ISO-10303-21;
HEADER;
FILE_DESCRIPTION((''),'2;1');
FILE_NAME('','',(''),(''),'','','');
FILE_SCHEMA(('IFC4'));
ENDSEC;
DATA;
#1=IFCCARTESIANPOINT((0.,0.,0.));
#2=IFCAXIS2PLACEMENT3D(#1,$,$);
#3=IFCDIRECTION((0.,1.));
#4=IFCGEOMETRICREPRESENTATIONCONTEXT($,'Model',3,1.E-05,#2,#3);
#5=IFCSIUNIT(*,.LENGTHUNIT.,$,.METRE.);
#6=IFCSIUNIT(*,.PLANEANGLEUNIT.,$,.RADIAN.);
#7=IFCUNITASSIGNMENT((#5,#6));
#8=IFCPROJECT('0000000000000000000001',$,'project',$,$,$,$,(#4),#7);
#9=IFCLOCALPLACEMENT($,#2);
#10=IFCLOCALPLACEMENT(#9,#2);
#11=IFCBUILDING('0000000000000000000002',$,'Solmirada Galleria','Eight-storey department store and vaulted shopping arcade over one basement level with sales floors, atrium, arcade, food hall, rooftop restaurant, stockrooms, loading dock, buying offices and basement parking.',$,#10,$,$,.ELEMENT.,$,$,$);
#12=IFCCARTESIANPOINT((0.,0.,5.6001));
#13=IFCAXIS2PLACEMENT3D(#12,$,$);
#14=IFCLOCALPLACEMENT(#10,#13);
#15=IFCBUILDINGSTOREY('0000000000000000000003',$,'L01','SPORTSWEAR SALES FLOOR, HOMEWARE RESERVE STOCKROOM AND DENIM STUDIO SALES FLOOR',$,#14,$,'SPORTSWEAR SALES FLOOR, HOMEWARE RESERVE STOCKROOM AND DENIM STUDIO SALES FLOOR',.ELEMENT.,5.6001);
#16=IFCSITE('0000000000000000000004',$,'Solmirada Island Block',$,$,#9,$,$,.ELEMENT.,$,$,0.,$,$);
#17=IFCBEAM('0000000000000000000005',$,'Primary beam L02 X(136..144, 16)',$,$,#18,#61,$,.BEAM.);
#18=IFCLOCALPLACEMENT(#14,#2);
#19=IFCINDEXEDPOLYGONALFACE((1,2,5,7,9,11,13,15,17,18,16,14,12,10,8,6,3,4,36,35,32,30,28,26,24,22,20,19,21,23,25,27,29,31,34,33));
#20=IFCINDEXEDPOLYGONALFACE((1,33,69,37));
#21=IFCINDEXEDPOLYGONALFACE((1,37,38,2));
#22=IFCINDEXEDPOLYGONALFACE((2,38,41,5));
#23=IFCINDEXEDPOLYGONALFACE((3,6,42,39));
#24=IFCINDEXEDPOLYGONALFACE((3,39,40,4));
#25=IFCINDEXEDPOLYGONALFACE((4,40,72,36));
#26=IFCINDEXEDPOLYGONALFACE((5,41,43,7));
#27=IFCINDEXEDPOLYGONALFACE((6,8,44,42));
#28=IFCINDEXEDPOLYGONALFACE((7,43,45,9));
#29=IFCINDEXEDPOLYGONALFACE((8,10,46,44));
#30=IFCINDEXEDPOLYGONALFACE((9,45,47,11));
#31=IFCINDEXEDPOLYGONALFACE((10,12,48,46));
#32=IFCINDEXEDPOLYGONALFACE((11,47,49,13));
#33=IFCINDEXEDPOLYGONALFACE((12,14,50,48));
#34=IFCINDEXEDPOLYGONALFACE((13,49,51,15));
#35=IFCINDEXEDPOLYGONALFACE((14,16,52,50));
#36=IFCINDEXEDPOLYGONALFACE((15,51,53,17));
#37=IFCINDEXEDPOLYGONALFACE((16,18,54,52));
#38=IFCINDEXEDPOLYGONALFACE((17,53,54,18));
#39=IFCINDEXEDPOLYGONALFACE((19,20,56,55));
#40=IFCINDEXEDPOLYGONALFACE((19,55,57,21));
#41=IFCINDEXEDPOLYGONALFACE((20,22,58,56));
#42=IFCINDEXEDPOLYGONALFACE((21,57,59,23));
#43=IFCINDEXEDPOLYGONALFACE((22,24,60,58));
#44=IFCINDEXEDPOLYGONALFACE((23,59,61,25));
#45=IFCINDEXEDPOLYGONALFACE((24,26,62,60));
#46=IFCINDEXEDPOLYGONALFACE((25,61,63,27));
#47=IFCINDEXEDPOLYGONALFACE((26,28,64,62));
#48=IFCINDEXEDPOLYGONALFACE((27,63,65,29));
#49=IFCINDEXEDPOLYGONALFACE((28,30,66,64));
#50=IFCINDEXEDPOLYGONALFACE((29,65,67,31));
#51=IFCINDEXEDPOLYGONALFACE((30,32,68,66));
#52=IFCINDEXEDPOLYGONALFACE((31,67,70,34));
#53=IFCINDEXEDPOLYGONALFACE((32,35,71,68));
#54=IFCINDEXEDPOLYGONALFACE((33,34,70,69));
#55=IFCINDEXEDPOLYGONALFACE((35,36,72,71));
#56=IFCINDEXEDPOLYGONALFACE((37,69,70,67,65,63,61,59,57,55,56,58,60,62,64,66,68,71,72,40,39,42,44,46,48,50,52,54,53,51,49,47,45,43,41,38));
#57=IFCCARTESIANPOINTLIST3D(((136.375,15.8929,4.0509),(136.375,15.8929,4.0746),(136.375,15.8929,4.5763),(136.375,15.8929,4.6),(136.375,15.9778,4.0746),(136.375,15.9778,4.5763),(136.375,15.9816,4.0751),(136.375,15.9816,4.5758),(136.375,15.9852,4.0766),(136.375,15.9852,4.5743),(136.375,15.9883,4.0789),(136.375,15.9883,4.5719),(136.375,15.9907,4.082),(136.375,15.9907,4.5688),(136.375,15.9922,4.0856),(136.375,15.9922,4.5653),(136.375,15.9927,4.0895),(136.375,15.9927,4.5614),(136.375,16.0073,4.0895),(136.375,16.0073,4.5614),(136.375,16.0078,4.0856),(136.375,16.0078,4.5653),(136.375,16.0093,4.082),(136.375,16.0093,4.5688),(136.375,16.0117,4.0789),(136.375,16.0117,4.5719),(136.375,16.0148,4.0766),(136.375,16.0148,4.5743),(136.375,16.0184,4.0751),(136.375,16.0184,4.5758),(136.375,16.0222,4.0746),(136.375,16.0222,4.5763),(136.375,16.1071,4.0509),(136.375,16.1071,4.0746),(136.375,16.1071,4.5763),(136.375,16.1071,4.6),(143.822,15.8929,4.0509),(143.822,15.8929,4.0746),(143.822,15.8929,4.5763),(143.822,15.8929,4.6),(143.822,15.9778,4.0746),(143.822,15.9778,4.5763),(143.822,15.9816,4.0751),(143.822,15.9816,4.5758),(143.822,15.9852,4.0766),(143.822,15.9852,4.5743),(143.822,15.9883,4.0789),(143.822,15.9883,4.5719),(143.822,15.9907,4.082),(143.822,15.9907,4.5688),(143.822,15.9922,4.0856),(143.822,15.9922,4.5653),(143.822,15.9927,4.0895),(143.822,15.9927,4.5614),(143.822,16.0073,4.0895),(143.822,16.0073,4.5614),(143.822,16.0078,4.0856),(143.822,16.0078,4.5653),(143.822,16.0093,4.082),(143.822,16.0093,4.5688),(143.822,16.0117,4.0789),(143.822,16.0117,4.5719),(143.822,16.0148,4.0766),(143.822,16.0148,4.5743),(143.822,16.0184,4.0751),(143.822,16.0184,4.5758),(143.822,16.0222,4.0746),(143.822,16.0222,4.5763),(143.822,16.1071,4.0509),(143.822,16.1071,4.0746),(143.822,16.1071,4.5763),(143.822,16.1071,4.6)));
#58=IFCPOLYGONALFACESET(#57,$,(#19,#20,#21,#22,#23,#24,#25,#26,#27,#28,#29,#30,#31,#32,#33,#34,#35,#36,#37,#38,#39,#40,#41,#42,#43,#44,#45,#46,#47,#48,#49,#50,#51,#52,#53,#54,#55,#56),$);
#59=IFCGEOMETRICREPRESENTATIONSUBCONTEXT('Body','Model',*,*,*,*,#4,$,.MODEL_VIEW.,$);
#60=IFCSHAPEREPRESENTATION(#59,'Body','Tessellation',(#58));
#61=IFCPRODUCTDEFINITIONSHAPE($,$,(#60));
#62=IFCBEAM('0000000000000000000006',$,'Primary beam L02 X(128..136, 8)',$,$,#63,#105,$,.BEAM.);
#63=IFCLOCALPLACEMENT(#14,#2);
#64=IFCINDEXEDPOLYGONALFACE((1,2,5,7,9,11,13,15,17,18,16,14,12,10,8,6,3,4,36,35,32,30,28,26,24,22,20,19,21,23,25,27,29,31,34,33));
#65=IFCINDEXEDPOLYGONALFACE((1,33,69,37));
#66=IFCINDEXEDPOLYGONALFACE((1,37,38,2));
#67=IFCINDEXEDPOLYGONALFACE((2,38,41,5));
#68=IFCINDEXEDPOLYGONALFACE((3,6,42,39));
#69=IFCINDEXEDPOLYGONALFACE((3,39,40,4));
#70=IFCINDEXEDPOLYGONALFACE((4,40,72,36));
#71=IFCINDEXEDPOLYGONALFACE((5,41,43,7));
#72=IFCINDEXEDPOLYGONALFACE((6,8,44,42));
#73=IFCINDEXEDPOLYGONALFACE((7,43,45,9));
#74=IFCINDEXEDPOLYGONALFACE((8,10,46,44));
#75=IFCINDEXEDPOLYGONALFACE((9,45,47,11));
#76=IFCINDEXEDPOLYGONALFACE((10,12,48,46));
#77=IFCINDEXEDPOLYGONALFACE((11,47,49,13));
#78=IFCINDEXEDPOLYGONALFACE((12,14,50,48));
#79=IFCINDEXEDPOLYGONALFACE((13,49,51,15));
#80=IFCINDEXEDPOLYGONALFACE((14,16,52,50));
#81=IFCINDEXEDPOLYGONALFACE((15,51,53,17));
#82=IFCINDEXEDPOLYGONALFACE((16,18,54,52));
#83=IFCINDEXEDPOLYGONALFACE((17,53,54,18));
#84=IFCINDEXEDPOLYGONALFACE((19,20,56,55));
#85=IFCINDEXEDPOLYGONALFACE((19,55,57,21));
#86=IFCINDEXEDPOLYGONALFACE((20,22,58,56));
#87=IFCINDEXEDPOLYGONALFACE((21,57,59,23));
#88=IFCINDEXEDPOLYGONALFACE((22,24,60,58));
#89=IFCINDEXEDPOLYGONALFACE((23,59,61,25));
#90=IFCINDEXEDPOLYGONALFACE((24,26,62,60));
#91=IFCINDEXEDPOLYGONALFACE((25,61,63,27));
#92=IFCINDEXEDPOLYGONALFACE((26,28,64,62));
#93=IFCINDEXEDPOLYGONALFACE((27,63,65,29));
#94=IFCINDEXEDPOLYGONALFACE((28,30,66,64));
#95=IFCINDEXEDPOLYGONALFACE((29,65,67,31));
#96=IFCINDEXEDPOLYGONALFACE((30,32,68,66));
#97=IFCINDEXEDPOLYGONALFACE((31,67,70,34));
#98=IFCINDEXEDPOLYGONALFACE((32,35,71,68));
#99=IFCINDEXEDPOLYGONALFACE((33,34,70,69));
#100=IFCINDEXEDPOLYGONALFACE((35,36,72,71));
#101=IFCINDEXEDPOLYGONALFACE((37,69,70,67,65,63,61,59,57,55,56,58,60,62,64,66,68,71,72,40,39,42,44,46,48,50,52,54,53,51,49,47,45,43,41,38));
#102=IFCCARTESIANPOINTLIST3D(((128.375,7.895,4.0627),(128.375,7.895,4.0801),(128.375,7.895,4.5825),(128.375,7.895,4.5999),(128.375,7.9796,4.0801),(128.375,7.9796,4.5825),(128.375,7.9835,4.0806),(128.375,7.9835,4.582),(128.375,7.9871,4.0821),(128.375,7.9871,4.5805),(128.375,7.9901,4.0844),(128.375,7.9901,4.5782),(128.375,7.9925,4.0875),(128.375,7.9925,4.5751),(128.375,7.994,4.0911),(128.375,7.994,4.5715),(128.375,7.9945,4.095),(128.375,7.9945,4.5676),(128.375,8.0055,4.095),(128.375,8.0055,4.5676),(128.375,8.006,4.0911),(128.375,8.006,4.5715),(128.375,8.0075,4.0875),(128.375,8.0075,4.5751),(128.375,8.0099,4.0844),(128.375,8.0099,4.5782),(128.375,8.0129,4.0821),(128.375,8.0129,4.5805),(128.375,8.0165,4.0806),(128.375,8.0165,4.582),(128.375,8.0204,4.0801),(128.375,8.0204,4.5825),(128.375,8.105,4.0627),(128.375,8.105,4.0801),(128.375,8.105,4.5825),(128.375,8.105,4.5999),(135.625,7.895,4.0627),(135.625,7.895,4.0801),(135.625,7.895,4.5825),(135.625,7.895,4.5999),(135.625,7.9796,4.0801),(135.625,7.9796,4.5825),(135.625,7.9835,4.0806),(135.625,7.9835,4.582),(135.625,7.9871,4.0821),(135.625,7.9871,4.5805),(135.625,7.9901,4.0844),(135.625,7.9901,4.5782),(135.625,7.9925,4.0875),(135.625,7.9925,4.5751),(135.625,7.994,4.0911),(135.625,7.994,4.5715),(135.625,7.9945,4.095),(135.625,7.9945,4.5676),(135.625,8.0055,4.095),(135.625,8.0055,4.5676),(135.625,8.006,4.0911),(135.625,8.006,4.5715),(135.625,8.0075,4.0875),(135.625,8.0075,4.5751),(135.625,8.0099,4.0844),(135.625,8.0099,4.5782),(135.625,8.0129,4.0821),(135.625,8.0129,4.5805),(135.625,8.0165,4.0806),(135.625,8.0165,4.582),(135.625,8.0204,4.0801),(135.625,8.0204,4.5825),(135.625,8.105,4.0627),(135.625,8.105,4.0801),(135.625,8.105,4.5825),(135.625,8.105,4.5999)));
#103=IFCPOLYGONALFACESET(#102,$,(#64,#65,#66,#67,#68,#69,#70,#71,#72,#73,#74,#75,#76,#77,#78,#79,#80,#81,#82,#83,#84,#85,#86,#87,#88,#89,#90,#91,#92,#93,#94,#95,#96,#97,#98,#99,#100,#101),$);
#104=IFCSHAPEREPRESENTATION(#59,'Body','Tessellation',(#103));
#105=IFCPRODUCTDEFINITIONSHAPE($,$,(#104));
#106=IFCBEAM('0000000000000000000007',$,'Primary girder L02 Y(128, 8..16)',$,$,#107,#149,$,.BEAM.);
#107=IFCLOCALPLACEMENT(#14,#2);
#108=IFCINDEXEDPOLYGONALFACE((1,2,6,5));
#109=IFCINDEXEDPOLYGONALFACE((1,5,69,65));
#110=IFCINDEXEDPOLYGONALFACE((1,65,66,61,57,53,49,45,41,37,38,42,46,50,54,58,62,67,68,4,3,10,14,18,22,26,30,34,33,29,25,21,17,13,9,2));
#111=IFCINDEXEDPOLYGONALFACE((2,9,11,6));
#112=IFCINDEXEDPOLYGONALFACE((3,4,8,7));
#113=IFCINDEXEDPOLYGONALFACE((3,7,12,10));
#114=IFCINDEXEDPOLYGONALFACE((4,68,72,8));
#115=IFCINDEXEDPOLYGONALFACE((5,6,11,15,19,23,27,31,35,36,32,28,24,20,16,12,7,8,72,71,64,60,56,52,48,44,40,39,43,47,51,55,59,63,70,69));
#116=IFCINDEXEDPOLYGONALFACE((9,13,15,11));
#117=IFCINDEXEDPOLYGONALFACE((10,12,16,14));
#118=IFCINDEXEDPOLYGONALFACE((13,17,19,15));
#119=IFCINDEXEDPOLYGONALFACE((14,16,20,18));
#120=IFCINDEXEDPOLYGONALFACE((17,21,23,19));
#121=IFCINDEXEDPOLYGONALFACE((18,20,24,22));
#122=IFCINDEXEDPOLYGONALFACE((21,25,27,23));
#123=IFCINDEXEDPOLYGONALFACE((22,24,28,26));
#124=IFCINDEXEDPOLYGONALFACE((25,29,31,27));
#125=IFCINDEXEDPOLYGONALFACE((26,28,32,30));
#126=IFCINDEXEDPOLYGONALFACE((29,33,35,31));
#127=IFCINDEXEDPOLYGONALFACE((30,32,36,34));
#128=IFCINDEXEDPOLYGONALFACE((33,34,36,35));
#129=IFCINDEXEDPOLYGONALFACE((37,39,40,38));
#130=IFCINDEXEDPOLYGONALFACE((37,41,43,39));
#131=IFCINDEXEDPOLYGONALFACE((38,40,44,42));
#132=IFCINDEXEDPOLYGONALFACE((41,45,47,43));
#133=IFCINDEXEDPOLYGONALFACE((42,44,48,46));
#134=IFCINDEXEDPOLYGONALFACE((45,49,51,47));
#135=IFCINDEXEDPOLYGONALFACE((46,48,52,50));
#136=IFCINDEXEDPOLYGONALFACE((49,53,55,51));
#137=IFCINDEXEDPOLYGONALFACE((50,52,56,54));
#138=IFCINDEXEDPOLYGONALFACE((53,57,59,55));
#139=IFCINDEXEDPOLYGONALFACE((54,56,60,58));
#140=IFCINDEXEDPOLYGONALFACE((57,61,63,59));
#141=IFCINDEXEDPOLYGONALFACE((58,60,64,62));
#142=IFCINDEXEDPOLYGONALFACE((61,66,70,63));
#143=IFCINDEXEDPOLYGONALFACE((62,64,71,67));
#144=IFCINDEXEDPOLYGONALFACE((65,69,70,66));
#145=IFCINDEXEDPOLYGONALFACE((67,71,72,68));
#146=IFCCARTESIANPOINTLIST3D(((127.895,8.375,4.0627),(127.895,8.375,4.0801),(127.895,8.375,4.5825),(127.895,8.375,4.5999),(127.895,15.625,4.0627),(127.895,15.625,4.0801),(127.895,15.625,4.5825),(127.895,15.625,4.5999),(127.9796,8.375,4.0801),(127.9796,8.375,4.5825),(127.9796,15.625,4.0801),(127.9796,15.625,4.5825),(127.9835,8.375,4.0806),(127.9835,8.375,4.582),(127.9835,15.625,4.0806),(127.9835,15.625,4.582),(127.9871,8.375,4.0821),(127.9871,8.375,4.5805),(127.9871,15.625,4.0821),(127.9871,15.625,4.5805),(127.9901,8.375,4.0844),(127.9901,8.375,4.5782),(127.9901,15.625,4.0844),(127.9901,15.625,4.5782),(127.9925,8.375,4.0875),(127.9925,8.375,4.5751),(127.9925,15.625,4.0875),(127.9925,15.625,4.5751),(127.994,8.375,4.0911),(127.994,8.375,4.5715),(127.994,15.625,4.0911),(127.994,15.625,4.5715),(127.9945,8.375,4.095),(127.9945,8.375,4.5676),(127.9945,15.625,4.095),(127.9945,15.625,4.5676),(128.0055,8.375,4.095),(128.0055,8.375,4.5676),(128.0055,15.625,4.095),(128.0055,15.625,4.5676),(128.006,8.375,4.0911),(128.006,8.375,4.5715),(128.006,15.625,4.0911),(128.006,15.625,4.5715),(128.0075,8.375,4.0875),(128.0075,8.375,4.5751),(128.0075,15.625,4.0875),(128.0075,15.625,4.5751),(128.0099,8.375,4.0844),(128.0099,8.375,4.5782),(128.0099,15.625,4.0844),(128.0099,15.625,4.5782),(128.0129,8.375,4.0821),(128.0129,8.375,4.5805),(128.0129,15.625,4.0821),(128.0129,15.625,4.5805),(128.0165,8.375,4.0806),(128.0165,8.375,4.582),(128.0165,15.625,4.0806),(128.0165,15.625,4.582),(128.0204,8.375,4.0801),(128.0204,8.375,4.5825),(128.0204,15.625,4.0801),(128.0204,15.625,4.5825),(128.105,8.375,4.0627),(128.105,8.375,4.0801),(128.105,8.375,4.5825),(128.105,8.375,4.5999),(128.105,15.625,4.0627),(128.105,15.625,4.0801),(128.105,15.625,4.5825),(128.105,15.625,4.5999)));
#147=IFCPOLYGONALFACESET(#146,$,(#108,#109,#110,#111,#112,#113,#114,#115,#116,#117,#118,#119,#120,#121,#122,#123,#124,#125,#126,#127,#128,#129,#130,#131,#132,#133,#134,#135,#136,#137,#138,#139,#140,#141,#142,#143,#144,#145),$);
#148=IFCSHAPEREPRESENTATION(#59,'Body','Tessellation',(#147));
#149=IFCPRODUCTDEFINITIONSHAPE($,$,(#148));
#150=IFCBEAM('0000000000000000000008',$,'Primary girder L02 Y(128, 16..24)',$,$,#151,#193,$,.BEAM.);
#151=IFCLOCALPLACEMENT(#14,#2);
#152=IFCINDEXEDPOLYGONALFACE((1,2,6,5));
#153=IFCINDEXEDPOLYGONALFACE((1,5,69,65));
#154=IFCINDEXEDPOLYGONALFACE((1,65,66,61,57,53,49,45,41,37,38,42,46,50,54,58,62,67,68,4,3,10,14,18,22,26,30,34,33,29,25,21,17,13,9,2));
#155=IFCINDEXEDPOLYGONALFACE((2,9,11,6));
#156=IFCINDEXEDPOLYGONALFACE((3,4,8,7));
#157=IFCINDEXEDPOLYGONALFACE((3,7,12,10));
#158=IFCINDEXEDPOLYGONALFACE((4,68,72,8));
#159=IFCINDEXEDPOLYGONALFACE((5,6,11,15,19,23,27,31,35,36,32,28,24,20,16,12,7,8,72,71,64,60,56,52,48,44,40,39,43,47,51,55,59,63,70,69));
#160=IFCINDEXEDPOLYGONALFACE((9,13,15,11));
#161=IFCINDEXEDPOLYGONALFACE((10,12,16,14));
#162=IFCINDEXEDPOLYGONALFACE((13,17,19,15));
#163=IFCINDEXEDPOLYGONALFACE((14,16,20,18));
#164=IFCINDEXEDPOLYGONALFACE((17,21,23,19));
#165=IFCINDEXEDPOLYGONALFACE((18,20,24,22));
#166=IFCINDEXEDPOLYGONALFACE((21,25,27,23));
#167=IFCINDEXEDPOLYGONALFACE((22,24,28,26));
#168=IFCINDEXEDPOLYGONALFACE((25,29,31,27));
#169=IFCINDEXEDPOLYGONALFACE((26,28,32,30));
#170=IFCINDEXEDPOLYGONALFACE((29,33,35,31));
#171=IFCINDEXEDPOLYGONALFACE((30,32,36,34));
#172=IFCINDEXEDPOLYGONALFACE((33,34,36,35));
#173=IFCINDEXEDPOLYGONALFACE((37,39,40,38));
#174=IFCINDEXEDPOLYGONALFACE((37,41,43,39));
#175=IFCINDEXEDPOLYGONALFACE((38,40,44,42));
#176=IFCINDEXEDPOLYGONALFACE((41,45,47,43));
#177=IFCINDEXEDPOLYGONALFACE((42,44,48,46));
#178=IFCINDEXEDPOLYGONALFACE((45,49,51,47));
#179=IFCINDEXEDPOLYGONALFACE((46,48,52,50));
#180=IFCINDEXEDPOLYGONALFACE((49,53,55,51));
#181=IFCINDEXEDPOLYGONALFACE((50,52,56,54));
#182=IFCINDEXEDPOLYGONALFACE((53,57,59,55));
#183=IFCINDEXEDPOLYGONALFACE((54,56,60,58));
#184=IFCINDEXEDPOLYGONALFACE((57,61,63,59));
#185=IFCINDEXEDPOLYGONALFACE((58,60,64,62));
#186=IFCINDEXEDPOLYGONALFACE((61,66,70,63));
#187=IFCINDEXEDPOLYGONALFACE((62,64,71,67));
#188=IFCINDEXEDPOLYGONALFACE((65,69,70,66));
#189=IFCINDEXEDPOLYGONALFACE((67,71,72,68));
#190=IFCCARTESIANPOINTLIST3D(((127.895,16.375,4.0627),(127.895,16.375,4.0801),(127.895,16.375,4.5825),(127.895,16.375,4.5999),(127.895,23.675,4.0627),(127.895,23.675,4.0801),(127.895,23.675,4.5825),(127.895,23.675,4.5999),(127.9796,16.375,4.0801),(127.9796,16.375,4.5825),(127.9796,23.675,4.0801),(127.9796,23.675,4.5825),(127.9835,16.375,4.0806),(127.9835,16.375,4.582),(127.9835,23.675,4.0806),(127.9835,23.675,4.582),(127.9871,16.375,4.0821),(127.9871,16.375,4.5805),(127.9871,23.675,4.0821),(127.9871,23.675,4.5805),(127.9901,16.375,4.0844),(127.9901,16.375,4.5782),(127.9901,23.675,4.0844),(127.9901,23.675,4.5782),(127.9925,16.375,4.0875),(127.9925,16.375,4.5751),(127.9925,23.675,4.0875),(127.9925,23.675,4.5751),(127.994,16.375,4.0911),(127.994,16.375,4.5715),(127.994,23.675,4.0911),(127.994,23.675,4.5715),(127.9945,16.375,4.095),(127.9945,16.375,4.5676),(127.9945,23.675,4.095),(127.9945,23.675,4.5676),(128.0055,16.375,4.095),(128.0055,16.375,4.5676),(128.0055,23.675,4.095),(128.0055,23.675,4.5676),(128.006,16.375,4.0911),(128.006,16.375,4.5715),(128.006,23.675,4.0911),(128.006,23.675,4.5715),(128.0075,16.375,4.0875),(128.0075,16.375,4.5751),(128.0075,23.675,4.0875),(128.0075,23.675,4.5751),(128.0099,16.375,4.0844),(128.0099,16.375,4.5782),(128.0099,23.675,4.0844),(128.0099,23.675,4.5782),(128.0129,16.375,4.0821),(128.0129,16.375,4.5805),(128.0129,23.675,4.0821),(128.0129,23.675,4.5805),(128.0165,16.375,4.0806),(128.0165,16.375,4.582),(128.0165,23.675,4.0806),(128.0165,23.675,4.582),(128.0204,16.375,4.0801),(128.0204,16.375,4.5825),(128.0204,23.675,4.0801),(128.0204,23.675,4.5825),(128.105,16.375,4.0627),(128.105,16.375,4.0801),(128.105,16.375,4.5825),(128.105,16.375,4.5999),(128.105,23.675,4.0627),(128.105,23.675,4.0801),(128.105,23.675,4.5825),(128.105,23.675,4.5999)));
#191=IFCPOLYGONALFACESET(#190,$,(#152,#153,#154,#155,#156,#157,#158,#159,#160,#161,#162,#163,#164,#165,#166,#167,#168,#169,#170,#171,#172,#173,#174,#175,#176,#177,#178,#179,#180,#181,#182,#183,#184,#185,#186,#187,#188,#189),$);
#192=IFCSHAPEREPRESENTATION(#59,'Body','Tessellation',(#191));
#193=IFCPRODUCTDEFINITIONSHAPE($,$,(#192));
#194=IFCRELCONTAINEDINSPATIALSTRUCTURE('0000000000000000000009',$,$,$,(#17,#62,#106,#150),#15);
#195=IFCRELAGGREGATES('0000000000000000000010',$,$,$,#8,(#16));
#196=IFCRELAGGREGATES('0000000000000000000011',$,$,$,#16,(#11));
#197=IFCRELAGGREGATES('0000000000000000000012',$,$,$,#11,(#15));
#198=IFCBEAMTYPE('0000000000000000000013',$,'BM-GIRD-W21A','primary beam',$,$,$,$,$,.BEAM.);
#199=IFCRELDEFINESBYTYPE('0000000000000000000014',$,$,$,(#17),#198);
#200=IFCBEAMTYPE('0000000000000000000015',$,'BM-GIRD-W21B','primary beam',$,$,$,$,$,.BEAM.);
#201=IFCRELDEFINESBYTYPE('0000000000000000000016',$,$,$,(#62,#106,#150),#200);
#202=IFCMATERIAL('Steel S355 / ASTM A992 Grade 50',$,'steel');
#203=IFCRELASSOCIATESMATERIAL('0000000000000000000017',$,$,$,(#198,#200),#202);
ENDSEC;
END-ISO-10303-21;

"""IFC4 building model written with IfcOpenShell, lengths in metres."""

from ifc_helpers import new_model, si_unit, direction, frame, origin, origin_2d, place, context, subcontext, project, spatial, i_section, extrude, material, material_profile, profile_set, type_object, element, save


model = new_model("IFC4")

# Units and contexts
model_context = context("Model", 3, precision=1e-05, world=origin(), true_north=direction((0.0, 1.0)))
body_context = subcontext(model_context, "Body", "Model", "MODEL_VIEW")
ifc_project = project(units=[si_unit("LENGTHUNIT", "METRE"), si_unit("PLANEANGLEUNIT", "RADIAN")], contexts=[model_context])

# Site, building, storey
site_placement = place(None, origin())
site = spatial("IfcSite", under=ifc_project, at=site_placement, Name="Solmirada Island Block", CompositionType="ELEMENT", RefElevation=0.0)
building_placement = place(site_placement, origin())
building = spatial("IfcBuilding", under=site, at=building_placement, Name="Solmirada Galleria", Description="Eight-storey department store and vaulted shopping arcade over one basement level with sales floors, atrium, arcade, food hall, rooftop restaurant, stockrooms, loading dock, buying offices and basement parking.", CompositionType="ELEMENT")
storey_placement = place(building_placement, frame((0.0, 0.0, 5.6001)))
storey = spatial("IfcBuildingStorey", under=building, at=storey_placement, Name="L01", Description="SPORTSWEAR SALES FLOOR, HOMEWARE RESERVE STOCKROOM AND DENIM STUDIO SALES FLOOR", LongName="SPORTSWEAR SALES FLOOR, HOMEWARE RESERVE STOCKROOM AND DENIM STUDIO SALES FLOOR", CompositionType="ELEMENT", Elevation=5.6001)

# Beams
ifc_material_1 = material(Name="Steel S355 / ASTM A992 Grade 50", Category="steel")
ifc_material_profile_1 = material_profile(ifc_material_1, i_section(OverallWidth=0.2141, OverallDepth=0.5491, WebThickness=0.0146, FlangeThickness=0.0237, FilletRadius=0.0149, at=origin_2d()), Name="W21X93")
ifc_profile_set_1 = profile_set([ifc_material_profile_1], Name="Steel S355 / ASTM A992 Grade 50")
beam_type_1 = type_object("IfcBeamType", Name="BM-GIRD-W21A", Description="primary beam", PredefinedType="BEAM", material=ifc_profile_set_1)
beam_1_placement = place(storey_placement, frame((136.375, 16.0, 4.3254), z_axis=(1.0, 0.0, 0.0), x_axis=(0.0, 1.0, 0.0)))
element("IfcBeam", 1, at=beam_1_placement, inside=storey, type_object=beam_type_1, Name="Primary beam L02 X(136..144, 16)", PredefinedType="BEAM", context=body_context, shape_type="SweptSolid", body=[
    extrude(i_section(OverallWidth=0.2141, OverallDepth=0.5491, WebThickness=0.0146, FlangeThickness=0.0237, FilletRadius=0.0149, at=origin_2d()), origin(), (0.0, 0.0, 1.0), 7.447),
])
ifc_material_profile_2 = material_profile(ifc_material_1, i_section(OverallWidth=0.21, OverallDepth=0.5371, WebThickness=0.011, FlangeThickness=0.0173, FilletRadius=0.0149, at=origin_2d()), Name="W21X68")
ifc_profile_set_2 = profile_set([ifc_material_profile_2], Name="Steel S355 / ASTM A992 Grade 50")
beam_type_2 = type_object("IfcBeamType", Name="BM-GIRD-W21B", Description="primary beam", PredefinedType="BEAM", material=ifc_profile_set_2)
for number, where, z_axis, x_axis, name in (
    (2, (128.375, 8.0, 4.3313), (1.0, 0.0, 0.0), (0.0, 1.0, 0.0), "Primary beam L02 X(128..136, 8)"),
    (3, (128.0, 8.375, 4.3313), (0.0, 1.0, 0.0), (-1.0, 0.0, 0.0), "Primary girder L02 Y(128, 8..16)"),
):
    element("IfcBeam", number, at=place(storey_placement, frame(where, z_axis=z_axis, x_axis=x_axis)), inside=storey, type_object=beam_type_2, Name=name, PredefinedType="BEAM", context=body_context, shape_type="SweptSolid", body=[
        extrude(i_section(OverallWidth=0.21, OverallDepth=0.5371, WebThickness=0.011, FlangeThickness=0.0173, FilletRadius=0.0149, at=origin_2d()), origin(), (0.0, 0.0, 1.0), 7.25),
    ])
beam_2_placement = place(storey_placement, frame((128.0, 16.375, 4.3313), z_axis=(0.0, 1.0, 0.0), x_axis=(-1.0, 0.0, 0.0)))
element("IfcBeam", 4, at=beam_2_placement, inside=storey, type_object=beam_type_2, Name="Primary girder L02 Y(128, 16..24)", PredefinedType="BEAM", context=body_context, shape_type="SweptSolid", body=[
    extrude(i_section(OverallWidth=0.21, OverallDepth=0.5371, WebThickness=0.011, FlangeThickness=0.0173, FilletRadius=0.0149, at=origin_2d()), origin(), (0.0, 0.0, 1.0), 7.3),
])

save(model, "model.ifc")
